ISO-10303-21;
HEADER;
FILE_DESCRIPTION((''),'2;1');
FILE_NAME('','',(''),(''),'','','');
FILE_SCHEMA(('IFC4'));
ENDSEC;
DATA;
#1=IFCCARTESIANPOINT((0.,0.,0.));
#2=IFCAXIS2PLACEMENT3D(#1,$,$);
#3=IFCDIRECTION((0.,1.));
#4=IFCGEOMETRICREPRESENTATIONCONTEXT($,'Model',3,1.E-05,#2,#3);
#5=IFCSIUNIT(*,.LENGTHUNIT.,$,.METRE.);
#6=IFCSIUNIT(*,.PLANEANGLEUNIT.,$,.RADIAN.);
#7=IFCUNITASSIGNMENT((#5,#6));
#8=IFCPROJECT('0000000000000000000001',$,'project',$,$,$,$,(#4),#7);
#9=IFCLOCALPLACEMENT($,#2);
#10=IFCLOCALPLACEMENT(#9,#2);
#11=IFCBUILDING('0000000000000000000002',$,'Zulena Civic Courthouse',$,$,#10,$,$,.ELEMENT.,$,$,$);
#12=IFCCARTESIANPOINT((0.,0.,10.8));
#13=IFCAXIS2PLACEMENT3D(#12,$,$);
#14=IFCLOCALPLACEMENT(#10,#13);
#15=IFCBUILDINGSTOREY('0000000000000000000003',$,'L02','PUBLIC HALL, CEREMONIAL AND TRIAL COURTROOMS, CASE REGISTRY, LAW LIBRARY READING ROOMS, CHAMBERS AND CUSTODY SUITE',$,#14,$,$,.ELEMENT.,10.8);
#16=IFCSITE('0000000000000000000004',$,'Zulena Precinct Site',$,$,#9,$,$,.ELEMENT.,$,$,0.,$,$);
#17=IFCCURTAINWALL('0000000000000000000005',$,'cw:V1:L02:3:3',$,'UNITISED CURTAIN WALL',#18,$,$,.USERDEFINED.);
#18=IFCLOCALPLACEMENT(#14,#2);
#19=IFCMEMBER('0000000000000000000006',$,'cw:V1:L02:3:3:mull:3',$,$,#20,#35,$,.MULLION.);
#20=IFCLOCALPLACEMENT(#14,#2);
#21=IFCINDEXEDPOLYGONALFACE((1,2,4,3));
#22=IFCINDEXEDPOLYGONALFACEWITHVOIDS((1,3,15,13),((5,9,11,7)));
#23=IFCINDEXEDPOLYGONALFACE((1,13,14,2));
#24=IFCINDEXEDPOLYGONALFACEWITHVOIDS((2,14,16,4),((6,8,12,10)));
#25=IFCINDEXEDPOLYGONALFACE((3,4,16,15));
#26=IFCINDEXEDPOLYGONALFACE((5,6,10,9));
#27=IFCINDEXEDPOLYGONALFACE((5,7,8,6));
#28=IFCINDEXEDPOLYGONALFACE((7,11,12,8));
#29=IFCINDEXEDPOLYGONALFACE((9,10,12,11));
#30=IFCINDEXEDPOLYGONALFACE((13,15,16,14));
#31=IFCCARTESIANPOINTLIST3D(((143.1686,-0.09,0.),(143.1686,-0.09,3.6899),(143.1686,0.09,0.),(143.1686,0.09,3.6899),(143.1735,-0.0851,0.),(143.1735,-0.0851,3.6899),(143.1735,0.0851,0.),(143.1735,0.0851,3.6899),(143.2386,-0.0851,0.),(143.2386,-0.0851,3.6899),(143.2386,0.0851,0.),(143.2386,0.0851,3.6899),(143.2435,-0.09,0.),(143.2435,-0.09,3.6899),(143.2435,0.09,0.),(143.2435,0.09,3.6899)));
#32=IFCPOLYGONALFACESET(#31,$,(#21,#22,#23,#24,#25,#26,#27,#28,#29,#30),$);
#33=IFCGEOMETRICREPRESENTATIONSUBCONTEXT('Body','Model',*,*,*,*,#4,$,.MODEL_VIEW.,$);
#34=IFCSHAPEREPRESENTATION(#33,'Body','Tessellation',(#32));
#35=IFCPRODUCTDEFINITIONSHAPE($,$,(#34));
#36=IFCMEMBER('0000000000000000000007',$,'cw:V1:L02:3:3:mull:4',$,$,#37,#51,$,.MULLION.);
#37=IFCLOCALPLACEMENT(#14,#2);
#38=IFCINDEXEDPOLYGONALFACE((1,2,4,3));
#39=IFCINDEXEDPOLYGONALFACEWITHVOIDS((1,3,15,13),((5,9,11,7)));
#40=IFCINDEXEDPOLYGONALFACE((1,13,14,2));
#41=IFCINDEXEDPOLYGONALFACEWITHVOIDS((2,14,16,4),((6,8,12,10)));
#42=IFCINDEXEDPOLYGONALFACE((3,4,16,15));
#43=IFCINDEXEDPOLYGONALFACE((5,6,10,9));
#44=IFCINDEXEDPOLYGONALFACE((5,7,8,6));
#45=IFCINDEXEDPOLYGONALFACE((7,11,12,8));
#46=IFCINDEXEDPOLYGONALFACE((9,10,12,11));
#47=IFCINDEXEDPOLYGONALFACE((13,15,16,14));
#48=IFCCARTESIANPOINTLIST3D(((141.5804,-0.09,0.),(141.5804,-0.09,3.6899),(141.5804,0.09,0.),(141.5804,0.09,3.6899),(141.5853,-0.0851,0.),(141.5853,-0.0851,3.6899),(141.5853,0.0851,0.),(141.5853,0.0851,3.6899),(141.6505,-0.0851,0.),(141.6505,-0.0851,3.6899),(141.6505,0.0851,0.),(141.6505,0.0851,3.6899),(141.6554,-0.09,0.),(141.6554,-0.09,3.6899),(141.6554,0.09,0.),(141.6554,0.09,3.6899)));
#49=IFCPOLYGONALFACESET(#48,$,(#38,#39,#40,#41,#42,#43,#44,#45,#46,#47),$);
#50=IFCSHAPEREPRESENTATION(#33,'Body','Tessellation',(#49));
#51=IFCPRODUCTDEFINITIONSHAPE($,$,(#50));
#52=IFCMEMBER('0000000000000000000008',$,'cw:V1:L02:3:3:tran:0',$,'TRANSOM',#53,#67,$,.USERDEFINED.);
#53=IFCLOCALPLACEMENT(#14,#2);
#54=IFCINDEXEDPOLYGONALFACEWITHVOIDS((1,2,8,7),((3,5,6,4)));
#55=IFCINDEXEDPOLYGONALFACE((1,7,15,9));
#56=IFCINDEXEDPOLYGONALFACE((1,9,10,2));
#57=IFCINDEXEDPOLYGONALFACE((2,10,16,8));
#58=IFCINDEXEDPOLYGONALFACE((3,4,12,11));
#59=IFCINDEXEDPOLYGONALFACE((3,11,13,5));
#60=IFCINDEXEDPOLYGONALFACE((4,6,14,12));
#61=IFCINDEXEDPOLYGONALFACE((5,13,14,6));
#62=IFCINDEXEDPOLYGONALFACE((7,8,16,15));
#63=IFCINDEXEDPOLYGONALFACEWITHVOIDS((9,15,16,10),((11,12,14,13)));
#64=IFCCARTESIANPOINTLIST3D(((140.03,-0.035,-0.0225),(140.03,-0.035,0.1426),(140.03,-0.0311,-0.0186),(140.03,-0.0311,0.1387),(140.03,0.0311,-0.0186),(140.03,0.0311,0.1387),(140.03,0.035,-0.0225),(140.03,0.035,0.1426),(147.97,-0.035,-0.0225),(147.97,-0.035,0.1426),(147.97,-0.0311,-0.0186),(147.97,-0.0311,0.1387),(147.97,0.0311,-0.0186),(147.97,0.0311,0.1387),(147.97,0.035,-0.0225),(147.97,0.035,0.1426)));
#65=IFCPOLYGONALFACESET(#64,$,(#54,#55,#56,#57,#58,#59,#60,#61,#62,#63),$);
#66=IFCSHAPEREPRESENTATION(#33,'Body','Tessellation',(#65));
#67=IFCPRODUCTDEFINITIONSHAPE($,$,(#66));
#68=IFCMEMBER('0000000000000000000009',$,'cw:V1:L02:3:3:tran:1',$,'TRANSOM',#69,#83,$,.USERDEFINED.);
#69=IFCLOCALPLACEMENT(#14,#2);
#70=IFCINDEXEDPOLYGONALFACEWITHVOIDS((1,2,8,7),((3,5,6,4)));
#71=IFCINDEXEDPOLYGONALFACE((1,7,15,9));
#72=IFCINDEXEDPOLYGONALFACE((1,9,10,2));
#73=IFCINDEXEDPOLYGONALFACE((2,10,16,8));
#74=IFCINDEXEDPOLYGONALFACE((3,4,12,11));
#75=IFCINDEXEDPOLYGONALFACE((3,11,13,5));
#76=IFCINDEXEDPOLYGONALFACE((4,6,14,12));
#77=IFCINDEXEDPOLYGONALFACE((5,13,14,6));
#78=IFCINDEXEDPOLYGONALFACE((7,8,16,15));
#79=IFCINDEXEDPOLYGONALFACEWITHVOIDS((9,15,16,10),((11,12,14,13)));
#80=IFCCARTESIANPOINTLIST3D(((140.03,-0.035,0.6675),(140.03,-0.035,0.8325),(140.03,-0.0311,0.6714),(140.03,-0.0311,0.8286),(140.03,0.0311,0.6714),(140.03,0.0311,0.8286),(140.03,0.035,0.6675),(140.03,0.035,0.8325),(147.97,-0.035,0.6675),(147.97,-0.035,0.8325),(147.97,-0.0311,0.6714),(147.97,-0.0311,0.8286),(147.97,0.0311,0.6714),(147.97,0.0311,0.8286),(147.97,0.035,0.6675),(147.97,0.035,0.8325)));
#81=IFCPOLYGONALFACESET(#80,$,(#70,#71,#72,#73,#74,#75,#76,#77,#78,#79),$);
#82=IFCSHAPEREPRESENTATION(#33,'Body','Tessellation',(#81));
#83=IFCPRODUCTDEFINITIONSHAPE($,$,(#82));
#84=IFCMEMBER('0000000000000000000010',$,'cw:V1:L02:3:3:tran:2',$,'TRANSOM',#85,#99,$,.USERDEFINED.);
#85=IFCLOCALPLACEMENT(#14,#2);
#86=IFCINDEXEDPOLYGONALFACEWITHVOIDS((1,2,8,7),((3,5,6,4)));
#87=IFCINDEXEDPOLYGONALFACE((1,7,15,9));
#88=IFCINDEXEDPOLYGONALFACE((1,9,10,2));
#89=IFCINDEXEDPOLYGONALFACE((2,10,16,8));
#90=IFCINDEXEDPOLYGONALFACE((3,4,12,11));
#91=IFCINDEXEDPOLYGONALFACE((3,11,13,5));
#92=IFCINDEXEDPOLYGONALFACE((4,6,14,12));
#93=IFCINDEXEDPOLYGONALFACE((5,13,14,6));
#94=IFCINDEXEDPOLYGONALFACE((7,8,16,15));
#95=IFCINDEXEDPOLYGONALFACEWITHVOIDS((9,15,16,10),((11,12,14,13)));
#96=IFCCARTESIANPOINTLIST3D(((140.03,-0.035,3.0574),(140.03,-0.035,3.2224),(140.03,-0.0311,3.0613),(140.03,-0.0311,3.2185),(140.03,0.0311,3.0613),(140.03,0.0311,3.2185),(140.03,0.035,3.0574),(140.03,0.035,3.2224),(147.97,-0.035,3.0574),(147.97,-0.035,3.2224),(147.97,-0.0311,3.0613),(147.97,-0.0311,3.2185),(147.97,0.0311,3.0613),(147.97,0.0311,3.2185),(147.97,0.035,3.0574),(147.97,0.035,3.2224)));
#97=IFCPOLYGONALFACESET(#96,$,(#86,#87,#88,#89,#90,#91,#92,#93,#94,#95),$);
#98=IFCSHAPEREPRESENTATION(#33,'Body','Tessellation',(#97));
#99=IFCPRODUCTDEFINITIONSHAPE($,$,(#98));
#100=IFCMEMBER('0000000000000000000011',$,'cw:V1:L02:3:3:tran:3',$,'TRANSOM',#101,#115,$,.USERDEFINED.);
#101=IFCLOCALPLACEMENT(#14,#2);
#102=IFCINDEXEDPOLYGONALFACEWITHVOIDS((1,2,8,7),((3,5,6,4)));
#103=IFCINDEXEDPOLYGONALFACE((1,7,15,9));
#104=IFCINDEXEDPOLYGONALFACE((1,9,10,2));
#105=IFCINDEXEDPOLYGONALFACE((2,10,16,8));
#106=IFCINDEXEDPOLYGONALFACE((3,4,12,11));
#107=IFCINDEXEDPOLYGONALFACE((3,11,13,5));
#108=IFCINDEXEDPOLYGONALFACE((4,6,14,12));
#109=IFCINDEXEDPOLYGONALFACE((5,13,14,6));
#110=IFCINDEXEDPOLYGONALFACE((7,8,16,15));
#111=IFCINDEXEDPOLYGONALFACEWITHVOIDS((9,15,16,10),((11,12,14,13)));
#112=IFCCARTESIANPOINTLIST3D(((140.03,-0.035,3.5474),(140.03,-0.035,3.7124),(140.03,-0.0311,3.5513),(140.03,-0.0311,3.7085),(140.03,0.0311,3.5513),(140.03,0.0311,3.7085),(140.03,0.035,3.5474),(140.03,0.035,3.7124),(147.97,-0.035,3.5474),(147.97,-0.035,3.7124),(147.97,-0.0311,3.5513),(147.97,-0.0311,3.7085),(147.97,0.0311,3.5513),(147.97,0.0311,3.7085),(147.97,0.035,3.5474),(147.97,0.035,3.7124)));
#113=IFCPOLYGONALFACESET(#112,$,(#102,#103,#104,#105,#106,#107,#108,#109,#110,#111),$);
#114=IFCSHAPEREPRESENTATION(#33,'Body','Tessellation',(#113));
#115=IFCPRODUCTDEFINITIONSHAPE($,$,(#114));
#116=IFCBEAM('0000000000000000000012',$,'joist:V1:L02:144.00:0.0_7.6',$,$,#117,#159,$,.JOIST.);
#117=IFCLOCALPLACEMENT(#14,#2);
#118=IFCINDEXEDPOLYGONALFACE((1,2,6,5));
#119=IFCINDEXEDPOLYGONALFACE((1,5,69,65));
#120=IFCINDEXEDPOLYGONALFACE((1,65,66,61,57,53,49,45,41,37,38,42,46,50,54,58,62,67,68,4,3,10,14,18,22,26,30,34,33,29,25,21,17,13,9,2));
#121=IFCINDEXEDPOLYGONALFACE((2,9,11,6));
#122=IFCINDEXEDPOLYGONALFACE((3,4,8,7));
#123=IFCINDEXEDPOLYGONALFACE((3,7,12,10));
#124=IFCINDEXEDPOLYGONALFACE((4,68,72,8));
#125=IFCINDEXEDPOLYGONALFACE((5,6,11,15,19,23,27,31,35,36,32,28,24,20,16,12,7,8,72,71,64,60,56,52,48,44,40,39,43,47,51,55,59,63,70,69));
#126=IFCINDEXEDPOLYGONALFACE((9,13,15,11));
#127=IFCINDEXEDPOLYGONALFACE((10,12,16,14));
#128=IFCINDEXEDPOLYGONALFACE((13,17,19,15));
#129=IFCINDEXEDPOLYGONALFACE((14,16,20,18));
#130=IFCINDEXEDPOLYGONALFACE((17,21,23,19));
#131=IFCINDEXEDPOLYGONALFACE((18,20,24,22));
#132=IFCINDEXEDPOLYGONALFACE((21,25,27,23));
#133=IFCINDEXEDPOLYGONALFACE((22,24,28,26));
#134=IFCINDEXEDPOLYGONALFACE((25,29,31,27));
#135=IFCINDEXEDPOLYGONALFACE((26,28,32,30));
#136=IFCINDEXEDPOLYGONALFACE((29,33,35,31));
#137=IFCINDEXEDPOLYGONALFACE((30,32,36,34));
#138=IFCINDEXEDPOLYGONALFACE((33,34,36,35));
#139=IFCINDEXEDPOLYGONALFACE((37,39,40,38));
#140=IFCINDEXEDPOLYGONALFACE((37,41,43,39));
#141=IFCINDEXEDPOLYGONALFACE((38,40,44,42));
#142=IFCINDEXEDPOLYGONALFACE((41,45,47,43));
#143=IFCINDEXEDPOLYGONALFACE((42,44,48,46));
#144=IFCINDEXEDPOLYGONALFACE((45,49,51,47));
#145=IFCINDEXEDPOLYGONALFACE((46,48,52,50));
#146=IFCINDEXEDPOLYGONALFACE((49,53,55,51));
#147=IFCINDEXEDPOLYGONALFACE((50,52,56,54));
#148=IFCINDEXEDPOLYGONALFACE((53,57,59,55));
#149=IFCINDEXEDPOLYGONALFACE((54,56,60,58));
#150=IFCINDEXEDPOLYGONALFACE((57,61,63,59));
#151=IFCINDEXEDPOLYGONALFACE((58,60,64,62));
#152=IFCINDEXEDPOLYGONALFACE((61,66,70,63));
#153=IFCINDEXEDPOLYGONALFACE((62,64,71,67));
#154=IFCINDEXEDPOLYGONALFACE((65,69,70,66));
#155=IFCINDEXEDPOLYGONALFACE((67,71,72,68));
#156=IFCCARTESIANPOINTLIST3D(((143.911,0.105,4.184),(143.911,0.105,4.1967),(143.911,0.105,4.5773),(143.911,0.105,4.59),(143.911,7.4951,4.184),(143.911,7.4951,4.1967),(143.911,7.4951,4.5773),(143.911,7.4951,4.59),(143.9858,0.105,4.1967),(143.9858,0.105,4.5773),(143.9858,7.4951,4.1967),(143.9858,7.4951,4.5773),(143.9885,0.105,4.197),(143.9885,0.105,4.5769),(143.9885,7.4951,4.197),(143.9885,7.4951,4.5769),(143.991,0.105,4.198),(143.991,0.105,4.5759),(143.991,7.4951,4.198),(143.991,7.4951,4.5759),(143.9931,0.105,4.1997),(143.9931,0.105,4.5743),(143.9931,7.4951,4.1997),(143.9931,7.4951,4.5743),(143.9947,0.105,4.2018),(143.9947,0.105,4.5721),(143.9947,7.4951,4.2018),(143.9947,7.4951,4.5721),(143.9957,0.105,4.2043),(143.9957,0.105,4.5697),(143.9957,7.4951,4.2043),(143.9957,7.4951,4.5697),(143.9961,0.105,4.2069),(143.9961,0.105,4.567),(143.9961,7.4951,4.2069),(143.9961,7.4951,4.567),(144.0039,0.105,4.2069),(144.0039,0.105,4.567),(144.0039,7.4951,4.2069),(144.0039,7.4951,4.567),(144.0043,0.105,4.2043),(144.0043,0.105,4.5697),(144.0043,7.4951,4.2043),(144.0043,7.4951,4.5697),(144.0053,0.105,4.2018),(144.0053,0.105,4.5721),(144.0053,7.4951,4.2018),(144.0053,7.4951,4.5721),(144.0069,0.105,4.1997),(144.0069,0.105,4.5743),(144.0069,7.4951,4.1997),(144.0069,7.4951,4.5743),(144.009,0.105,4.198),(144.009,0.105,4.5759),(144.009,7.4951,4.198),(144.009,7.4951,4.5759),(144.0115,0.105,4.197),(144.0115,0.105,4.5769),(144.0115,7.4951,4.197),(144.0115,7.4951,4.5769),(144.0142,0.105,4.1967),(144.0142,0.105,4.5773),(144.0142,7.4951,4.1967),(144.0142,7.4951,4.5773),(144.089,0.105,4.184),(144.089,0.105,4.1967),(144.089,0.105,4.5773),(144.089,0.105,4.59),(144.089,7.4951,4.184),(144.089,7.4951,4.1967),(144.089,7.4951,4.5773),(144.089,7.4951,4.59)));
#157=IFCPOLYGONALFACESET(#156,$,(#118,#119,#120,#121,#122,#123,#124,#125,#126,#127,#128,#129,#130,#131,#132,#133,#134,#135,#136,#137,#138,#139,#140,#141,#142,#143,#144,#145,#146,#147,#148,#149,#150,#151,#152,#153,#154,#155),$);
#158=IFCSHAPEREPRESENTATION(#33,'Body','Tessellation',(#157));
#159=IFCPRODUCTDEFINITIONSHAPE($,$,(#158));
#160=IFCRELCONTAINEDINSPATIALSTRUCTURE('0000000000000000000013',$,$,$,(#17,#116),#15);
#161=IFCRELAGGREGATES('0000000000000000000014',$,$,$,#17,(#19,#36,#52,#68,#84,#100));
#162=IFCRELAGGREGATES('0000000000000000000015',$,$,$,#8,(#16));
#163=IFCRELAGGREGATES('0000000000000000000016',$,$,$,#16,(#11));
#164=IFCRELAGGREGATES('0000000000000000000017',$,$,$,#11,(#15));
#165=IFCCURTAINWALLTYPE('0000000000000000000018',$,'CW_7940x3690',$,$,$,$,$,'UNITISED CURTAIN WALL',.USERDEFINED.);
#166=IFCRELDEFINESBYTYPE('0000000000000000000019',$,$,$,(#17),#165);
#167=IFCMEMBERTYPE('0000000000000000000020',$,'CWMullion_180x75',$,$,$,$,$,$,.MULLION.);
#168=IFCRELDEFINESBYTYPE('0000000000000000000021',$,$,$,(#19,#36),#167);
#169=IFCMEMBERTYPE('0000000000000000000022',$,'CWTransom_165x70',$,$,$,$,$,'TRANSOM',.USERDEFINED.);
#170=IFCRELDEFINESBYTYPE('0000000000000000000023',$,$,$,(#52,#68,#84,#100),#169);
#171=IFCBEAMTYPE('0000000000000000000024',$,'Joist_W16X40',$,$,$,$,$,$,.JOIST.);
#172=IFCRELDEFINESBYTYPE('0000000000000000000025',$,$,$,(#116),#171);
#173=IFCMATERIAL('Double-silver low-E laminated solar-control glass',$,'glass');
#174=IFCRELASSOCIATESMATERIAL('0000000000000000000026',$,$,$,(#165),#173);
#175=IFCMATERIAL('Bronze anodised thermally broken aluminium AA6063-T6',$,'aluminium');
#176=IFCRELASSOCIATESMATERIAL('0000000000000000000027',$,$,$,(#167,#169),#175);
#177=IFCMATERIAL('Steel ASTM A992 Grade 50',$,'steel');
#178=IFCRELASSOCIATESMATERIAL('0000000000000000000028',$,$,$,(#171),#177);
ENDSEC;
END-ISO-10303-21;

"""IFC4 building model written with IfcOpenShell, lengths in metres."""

from ifc_helpers import new_model, si_unit, direction, frame, origin, origin_2d, place, context, subcontext, project, spatial, hollow_rectangle, i_section, extrude, material, material_profile, profile_set, type_object, element, aggregate, save


model = new_model("IFC4")

# Units and contexts
model_context = context("Model", 3, precision=1e-05, world=origin(), true_north=direction((0.0, 1.0)))
body_context = subcontext(model_context, "Body", "Model", "MODEL_VIEW")
ifc_project = project(units=[si_unit("LENGTHUNIT", "METRE"), si_unit("PLANEANGLEUNIT", "RADIAN")], contexts=[model_context])

# Site, building, storey
site_placement = place(None, origin())
site = spatial("IfcSite", under=ifc_project, at=site_placement, Name="Zulena Precinct Site", CompositionType="ELEMENT", RefElevation=0.0)
building_placement = place(site_placement, origin())
building = spatial("IfcBuilding", under=site, at=building_placement, Name="Zulena Civic Courthouse", CompositionType="ELEMENT")
storey_placement = place(building_placement, frame((0.0, 0.0, 10.8)))
storey = spatial("IfcBuildingStorey", under=building, at=storey_placement, Name="L02", Description="PUBLIC HALL, CEREMONIAL AND TRIAL COURTROOMS, CASE REGISTRY, LAW LIBRARY READING ROOMS, CHAMBERS AND CUSTODY SUITE", CompositionType="ELEMENT", Elevation=10.8)

# Shared definitions
ifc_material_1 = material(Name="Steel ASTM A992 Grade 50", Category="steel")

# Curtain wall, members
ifc_material_2 = material(Name="Double-silver low-E laminated solar-control glass", Category="glass")
curtain_wall_type = type_object("IfcCurtainWallType", Name="CW_7940x3690", ElementType="UNITISED CURTAIN WALL", PredefinedType="USERDEFINED", material=ifc_material_2)
curtain_wall_placement = place(storey_placement, origin())
curtain_wall = element("IfcCurtainWall", 1, at=curtain_wall_placement, inside=storey, type_object=curtain_wall_type, Name="cw:V1:L02:3:3", ObjectType="UNITISED CURTAIN WALL", PredefinedType="USERDEFINED")
ifc_material_3 = material(Name="Bronze anodised thermally broken aluminium AA6063-T6", Category="aluminium")
ifc_material_profile_1 = material_profile(ifc_material_3, hollow_rectangle(XDim=0.075, YDim=0.1799, WallThickness=0.0049, at=origin_2d()), Name="CWM180X75X5")
ifc_profile_set_1 = profile_set([ifc_material_profile_1], Name="Bronze anodised thermally broken aluminium AA6063-T6")
member_type_1 = type_object("IfcMemberType", Name="CWMullion_180x75", PredefinedType="MULLION", material=ifc_profile_set_1)
member_1_placement = place(storey_placement, frame((143.2061, 0.0, 0.0), z_axis=(0.0, 0.0, 1.0), x_axis=(1.0, 0.0, 0.0)))
member_1 = element("IfcMember", 2, at=member_1_placement, type_object=member_type_1, Name="cw:V1:L02:3:3:mull:3", PredefinedType="MULLION", context=body_context, shape_type="SweptSolid", body=[
    extrude(hollow_rectangle(XDim=0.075, YDim=0.1799, WallThickness=0.0049, at=origin_2d()), origin(), (0.0, 0.0, 1.0), 3.6899),
])
member_2_placement = place(storey_placement, frame((141.6179, 0.0, 0.0), z_axis=(0.0, 0.0, 1.0), x_axis=(1.0, 0.0, 0.0)))
member_2 = element("IfcMember", 3, at=member_2_placement, type_object=member_type_1, Name="cw:V1:L02:3:3:mull:4", PredefinedType="MULLION", context=body_context, shape_type="SweptSolid", body=[
    extrude(hollow_rectangle(XDim=0.075, YDim=0.1799, WallThickness=0.0049, at=origin_2d()), origin(), (0.0, 0.0, 1.0), 3.6899),
])
ifc_material_profile_2 = material_profile(ifc_material_3, hollow_rectangle(XDim=0.0701, YDim=0.165, WallThickness=0.0039, at=origin_2d()), Name="CWT165X70X4")
ifc_profile_set_2 = profile_set([ifc_material_profile_2], Name="Bronze anodised thermally broken aluminium AA6063-T6")
member_type_2 = type_object("IfcMemberType", Name="CWTransom_165x70", ElementType="TRANSOM", PredefinedType="USERDEFINED", material=ifc_profile_set_2)
member_3_placement = place(storey_placement, frame((147.97, 0.0, 0.0601), z_axis=(-1.0, 0.0, 0.0), x_axis=(0.0, -1.0, 0.0)))
member_3 = element("IfcMember", 4, at=member_3_placement, type_object=member_type_2, Name="cw:V1:L02:3:3:tran:0", ObjectType="TRANSOM", PredefinedType="USERDEFINED", context=body_context, shape_type="SweptSolid", body=[
    extrude(hollow_rectangle(XDim=0.0701, YDim=0.165, WallThickness=0.0039, at=origin_2d()), origin(), (0.0, 0.0, 1.0), 7.9399),
])
member_4_placement = place(storey_placement, frame((147.97, 0.0, 0.75), z_axis=(-1.0, 0.0, 0.0), x_axis=(0.0, -1.0, 0.0)))
member_4 = element("IfcMember", 5, at=member_4_placement, type_object=member_type_2, Name="cw:V1:L02:3:3:tran:1", ObjectType="TRANSOM", PredefinedType="USERDEFINED", context=body_context, shape_type="SweptSolid", body=[
    extrude(hollow_rectangle(XDim=0.0701, YDim=0.165, WallThickness=0.0039, at=origin_2d()), origin(), (0.0, 0.0, 1.0), 7.9399),
])
member_5_placement = place(storey_placement, frame((147.97, 0.0, 3.1399), z_axis=(-1.0, 0.0, 0.0), x_axis=(0.0, -1.0, 0.0)))
member_5 = element("IfcMember", 6, at=member_5_placement, type_object=member_type_2, Name="cw:V1:L02:3:3:tran:2", ObjectType="TRANSOM", PredefinedType="USERDEFINED", context=body_context, shape_type="SweptSolid", body=[
    extrude(hollow_rectangle(XDim=0.0701, YDim=0.165, WallThickness=0.0039, at=origin_2d()), origin(), (0.0, 0.0, 1.0), 7.9399),
])
member_6_placement = place(storey_placement, frame((147.97, 0.0, 3.6299), z_axis=(-1.0, 0.0, 0.0), x_axis=(0.0, -1.0, 0.0)))
member_6 = element("IfcMember", 7, at=member_6_placement, type_object=member_type_2, Name="cw:V1:L02:3:3:tran:3", ObjectType="TRANSOM", PredefinedType="USERDEFINED", context=body_context, shape_type="SweptSolid", body=[
    extrude(hollow_rectangle(XDim=0.0701, YDim=0.165, WallThickness=0.0039, at=origin_2d()), origin(), (0.0, 0.0, 1.0), 7.9399),
])

# Beam
ifc_material_profile_3 = material_profile(ifc_material_1, i_section(OverallWidth=0.178, OverallDepth=0.406, WebThickness=0.0078, FlangeThickness=0.0127, FilletRadius=0.0103, at=origin_2d()), Name="W16X40")
ifc_profile_set_3 = profile_set([ifc_material_profile_3], Name="Steel ASTM A992 Grade 50")
beam_type_1 = type_object("IfcBeamType", Name="Joist_W16X40", PredefinedType="JOIST", material=ifc_profile_set_3)
for number, where, z_axis, x_axis, name in (
    (8, (144.0, 0.105, 4.387), (0.0, 1.0, 0.0), (-1.0, 0.0, 0.0), "joist:V1:L02:144.00:0.0_7.6"),
):
    element("IfcBeam", number, at=place(storey_placement, frame(where, z_axis=z_axis, x_axis=x_axis)), inside=storey, type_object=beam_type_1, Name=name, PredefinedType="JOIST", context=body_context, shape_type="SweptSolid", body=[
        extrude(i_section(OverallWidth=0.178, OverallDepth=0.406, WebThickness=0.0078, FlangeThickness=0.0127, FilletRadius=0.0103, at=origin_2d()), origin(), (0.0, 0.0, 1.0), 7.3901),
    ])

aggregate(curtain_wall, [member_1, member_2, member_3, member_4, member_5, member_6])

save(model, "model.ifc")
